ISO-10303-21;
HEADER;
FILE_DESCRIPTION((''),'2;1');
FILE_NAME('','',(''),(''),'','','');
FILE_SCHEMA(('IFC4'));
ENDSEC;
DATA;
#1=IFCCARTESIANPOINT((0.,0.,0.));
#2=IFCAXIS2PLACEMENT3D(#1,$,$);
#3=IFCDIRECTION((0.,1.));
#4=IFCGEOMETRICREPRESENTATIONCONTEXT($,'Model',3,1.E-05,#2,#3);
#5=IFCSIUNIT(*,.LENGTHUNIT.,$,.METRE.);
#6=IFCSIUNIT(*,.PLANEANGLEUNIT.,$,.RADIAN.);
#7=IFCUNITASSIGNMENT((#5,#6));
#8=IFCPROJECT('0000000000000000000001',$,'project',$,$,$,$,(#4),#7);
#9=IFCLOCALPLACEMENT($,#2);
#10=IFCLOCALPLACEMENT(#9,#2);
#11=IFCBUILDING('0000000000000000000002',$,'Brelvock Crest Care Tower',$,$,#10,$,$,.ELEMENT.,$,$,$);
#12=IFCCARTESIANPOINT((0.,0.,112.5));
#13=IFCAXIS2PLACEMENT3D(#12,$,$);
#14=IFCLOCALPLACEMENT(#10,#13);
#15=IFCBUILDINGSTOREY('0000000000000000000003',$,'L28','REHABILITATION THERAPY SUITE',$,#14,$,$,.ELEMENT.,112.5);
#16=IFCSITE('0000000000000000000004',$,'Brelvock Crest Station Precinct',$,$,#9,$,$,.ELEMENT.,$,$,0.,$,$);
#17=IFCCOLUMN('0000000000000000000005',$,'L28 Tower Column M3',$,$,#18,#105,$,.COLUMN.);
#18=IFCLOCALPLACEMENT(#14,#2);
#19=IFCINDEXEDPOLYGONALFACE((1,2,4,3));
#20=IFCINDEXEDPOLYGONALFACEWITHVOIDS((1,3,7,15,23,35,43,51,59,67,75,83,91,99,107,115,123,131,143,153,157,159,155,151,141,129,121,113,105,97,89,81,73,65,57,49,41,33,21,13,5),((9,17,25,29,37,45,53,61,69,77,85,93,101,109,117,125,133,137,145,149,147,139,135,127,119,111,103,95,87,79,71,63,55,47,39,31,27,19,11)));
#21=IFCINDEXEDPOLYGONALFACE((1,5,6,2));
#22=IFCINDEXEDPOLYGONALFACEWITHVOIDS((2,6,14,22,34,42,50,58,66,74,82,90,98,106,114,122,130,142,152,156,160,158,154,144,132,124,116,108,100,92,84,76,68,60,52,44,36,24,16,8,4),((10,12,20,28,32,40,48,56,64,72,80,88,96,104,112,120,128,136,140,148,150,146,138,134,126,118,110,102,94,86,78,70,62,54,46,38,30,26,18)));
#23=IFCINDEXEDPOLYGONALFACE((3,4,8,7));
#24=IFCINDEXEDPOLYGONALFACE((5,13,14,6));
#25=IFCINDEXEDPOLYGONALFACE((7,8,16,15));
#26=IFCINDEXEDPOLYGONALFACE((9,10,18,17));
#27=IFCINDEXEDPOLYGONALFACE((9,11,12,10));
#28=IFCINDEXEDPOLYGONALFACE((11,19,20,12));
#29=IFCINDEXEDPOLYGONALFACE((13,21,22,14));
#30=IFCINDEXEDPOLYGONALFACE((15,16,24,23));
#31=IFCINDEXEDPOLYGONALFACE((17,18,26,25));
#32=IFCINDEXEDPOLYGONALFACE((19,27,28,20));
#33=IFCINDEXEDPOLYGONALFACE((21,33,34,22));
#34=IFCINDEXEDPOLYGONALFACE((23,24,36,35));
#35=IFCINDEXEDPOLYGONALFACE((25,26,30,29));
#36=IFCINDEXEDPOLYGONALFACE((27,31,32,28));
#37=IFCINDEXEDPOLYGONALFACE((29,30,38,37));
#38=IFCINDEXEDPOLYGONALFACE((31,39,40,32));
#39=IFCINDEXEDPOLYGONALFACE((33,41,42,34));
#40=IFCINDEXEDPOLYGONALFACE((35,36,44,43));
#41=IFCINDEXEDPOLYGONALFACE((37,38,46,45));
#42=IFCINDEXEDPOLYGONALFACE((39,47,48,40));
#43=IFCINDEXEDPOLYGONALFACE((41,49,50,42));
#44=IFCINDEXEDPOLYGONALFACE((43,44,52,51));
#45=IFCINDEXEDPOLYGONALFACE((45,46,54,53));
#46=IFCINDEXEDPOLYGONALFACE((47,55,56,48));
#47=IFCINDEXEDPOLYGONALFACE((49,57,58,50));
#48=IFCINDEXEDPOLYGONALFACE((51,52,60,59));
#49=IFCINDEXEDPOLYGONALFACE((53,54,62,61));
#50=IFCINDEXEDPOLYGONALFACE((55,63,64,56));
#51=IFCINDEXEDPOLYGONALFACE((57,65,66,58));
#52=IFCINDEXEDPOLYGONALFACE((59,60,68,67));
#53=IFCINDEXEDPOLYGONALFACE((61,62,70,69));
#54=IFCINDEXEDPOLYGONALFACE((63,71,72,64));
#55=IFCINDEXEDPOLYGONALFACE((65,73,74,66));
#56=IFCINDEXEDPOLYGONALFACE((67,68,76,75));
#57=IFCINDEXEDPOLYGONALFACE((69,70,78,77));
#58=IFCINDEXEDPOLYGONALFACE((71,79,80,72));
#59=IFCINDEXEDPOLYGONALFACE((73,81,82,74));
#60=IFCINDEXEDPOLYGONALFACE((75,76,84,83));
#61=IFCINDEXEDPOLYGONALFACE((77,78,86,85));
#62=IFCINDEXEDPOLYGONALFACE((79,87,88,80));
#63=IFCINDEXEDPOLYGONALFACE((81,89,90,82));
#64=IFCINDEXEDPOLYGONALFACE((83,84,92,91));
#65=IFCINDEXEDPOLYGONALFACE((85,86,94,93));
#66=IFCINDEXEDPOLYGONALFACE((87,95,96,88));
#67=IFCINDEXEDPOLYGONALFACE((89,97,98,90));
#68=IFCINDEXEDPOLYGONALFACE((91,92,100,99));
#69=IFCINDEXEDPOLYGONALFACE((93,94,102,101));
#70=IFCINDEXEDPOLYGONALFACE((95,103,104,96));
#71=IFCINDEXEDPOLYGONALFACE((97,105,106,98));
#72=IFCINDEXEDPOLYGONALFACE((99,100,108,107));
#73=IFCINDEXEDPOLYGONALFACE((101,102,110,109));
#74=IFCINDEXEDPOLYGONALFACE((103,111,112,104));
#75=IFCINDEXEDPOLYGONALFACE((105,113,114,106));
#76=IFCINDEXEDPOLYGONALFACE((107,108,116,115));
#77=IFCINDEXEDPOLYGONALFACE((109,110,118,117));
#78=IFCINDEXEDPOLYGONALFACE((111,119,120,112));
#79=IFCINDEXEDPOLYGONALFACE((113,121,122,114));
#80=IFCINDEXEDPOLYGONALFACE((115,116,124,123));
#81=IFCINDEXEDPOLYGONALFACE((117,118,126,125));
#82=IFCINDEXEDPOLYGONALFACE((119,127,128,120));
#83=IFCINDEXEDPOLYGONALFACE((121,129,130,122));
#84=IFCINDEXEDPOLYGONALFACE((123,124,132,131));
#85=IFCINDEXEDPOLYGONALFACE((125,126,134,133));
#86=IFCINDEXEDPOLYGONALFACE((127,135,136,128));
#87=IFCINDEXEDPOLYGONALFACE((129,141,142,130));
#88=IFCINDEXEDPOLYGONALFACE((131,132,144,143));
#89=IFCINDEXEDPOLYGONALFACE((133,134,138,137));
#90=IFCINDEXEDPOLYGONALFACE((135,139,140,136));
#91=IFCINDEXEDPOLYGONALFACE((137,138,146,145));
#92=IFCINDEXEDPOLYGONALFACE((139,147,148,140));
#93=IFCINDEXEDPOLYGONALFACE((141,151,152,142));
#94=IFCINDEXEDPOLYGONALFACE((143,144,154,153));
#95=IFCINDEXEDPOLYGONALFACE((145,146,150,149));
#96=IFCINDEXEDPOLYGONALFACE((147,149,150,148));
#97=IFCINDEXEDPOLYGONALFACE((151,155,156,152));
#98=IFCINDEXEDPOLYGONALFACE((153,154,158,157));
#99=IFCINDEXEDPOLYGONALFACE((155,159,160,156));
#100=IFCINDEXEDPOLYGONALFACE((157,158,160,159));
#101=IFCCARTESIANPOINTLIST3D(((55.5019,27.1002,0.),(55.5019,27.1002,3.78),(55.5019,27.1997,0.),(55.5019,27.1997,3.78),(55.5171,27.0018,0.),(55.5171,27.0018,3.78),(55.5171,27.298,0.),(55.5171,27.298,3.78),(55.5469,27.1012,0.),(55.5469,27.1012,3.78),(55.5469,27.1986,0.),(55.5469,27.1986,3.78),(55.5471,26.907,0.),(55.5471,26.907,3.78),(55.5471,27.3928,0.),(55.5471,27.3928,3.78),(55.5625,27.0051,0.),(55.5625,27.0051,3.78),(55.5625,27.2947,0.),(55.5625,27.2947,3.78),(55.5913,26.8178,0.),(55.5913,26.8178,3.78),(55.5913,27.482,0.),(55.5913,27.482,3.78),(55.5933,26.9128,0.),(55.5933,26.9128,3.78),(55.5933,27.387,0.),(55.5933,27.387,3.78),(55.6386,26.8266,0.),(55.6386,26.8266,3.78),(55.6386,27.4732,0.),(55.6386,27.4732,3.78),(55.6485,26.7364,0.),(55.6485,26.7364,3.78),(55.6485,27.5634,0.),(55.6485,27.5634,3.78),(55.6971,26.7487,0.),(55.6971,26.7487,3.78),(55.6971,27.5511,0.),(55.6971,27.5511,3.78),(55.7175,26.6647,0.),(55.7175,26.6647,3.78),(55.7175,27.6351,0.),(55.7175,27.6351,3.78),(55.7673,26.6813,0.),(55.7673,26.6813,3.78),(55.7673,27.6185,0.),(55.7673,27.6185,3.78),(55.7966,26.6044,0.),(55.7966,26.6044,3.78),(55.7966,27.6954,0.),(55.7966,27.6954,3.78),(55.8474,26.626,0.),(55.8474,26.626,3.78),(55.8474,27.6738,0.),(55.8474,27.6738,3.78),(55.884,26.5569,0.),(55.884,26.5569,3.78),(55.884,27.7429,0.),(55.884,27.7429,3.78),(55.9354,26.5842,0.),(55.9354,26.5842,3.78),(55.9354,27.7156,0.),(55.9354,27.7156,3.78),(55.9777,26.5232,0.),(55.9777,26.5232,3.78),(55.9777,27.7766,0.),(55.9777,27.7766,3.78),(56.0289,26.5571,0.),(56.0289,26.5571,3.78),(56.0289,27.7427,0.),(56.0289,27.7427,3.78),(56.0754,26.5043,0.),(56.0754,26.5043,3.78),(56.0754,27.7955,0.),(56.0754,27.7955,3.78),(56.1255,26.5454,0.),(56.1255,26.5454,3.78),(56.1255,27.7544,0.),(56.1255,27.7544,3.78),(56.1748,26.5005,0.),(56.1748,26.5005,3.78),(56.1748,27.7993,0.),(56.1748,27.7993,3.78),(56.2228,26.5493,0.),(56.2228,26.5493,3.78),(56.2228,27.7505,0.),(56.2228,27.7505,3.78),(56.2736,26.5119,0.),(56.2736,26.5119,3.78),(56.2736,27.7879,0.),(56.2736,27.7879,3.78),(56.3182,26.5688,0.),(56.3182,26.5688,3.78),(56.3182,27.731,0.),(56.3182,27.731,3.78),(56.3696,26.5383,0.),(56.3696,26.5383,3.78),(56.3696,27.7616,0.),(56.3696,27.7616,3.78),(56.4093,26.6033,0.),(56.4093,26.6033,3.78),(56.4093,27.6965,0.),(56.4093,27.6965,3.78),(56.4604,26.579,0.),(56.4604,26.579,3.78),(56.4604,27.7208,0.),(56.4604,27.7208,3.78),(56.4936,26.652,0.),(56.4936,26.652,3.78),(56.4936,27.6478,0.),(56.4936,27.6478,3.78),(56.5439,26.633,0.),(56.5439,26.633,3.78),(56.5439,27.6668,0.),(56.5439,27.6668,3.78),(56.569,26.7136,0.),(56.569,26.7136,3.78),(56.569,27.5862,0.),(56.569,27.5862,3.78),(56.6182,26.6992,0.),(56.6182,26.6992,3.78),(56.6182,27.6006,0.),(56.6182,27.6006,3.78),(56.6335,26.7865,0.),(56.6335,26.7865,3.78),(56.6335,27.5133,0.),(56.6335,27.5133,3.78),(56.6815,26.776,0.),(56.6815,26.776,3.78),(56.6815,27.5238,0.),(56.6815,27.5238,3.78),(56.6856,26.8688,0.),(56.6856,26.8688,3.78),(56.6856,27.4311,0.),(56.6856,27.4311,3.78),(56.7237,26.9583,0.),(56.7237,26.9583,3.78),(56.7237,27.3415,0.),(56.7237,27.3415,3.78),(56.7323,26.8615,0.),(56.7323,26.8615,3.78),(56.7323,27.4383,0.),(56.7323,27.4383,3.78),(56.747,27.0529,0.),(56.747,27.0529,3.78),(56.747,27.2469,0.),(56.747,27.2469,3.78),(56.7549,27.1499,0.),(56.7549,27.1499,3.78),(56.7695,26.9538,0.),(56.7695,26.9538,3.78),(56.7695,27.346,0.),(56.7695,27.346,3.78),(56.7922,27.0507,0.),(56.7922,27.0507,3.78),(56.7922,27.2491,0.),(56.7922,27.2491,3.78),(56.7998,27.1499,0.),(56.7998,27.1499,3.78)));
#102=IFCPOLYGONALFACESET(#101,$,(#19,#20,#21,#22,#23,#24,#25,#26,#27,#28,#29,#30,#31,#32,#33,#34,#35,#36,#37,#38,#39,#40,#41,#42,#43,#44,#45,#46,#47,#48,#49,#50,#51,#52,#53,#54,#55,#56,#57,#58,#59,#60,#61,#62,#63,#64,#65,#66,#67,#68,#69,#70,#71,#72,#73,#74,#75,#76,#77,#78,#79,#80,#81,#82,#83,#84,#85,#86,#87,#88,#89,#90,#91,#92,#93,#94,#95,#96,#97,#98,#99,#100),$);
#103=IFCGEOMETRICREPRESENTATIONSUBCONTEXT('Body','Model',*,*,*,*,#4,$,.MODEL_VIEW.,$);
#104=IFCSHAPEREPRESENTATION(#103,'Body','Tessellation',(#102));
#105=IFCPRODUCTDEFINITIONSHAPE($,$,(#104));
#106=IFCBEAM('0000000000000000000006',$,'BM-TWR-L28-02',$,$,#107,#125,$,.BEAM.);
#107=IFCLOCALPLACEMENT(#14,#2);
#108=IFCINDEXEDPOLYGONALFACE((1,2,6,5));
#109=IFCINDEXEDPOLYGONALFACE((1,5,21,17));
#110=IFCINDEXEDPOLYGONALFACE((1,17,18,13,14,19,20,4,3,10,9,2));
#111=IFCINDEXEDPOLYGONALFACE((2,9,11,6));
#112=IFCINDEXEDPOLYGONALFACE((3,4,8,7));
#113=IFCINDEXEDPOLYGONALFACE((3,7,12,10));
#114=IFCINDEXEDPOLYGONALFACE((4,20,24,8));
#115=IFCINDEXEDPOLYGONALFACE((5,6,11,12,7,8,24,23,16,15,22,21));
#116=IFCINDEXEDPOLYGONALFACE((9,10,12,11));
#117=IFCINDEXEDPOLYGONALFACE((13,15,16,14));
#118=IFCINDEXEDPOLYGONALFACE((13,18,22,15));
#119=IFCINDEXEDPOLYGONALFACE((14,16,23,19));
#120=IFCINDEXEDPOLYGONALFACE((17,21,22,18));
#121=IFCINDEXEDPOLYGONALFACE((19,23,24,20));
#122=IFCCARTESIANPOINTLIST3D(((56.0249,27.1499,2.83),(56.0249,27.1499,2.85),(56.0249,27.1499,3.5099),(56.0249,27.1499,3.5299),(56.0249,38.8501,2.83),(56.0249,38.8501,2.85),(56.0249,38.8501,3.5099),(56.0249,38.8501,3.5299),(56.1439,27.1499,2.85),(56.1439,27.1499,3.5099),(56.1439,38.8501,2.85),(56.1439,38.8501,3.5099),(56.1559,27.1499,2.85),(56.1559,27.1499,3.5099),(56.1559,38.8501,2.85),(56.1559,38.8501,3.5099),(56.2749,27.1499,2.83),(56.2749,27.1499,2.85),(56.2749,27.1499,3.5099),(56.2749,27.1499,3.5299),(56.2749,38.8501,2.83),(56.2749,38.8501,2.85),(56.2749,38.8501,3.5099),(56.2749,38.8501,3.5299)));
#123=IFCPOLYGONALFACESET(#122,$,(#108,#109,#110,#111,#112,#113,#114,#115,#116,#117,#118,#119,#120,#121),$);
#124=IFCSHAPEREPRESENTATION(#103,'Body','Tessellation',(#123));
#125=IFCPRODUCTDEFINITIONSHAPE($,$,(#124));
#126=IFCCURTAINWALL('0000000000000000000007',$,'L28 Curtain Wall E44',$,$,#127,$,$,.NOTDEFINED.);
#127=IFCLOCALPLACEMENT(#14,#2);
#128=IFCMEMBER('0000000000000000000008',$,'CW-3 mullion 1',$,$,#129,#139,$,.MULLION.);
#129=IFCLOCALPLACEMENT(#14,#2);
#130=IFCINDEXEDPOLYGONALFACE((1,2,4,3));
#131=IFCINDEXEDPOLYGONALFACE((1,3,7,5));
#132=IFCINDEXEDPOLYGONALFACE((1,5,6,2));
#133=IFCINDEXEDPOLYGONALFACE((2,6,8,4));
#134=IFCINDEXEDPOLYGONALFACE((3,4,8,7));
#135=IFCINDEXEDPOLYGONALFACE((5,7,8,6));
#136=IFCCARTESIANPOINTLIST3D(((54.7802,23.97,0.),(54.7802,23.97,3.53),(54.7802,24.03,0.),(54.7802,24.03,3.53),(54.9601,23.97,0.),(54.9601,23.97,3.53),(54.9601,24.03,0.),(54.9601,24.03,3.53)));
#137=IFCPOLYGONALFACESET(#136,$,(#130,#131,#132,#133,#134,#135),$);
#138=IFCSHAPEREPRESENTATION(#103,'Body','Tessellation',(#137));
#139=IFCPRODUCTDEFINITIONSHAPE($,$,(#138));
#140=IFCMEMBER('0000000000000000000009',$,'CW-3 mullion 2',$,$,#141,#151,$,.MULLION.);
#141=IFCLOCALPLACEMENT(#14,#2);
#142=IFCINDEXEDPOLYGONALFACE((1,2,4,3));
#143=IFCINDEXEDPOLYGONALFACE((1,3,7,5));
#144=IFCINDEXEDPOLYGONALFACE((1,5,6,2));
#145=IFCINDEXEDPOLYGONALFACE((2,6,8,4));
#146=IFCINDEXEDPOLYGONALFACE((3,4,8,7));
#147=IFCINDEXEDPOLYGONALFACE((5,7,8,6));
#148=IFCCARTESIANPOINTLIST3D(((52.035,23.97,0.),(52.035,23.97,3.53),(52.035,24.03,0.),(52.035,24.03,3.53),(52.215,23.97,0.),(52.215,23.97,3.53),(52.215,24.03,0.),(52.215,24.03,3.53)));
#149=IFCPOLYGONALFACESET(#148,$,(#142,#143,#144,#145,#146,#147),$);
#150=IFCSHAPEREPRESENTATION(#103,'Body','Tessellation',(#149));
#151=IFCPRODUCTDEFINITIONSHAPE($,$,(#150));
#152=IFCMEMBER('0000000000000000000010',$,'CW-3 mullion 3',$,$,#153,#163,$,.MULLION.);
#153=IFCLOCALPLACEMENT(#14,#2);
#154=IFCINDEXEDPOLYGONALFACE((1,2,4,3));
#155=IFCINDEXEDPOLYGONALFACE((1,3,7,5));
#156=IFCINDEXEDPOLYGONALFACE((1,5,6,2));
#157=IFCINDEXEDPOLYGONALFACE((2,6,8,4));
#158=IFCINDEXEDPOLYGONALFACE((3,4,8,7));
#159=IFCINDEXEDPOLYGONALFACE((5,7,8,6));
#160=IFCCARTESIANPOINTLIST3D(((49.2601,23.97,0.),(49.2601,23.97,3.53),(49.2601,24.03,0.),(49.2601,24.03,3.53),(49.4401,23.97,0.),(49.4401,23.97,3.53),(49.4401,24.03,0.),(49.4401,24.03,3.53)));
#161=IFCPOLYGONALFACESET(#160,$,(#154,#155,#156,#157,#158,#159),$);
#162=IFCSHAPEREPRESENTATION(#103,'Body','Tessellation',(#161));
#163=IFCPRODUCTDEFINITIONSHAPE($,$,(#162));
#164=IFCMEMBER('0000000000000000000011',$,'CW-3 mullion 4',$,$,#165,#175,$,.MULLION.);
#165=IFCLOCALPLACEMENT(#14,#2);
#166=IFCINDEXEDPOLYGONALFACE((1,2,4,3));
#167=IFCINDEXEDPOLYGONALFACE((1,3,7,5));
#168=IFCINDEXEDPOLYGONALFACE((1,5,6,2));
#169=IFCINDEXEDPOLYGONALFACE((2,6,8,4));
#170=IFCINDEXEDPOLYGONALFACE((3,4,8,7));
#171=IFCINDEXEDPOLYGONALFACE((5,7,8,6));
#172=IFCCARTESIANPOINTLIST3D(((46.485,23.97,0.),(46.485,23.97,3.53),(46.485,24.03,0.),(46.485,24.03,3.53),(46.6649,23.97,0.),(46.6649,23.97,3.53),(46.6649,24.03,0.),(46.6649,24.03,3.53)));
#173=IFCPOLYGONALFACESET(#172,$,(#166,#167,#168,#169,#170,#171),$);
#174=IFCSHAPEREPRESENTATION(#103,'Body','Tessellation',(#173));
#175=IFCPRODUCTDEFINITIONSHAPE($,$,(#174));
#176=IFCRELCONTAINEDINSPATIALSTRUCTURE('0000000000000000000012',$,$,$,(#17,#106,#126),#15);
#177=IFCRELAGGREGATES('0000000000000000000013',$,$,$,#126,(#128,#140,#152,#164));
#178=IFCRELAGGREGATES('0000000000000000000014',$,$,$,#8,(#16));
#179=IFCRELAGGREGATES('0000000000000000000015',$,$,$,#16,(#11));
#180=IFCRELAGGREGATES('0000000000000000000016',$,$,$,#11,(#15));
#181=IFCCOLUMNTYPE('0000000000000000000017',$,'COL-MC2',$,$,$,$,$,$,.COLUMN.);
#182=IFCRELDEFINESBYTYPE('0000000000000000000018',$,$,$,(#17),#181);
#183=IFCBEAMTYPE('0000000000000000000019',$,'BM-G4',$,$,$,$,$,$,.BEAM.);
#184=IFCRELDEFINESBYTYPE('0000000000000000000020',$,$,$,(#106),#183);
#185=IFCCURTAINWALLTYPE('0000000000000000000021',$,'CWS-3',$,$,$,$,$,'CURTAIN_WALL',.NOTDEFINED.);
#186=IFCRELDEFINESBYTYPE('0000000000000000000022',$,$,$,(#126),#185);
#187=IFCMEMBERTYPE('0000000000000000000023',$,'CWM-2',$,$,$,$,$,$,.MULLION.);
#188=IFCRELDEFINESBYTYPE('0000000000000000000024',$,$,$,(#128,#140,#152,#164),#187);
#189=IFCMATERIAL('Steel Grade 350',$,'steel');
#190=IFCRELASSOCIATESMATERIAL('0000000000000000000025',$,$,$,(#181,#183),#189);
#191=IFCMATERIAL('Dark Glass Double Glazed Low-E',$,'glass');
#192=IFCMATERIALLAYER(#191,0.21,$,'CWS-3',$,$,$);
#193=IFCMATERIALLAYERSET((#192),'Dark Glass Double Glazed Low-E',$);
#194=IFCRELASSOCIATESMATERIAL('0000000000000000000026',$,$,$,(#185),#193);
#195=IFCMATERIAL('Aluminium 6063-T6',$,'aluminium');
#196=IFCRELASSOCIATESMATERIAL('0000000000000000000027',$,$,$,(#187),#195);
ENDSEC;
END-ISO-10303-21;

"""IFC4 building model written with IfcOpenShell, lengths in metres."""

from ifc_helpers import new_model, si_unit, direction, frame, origin, origin_2d, place, context, subcontext, project, spatial, rectangle, hollow_circle, i_section, extrude, source, transform, mapped, material, layer, layer_set, material_profile, profile_set, type_object, element, aggregate, save


model = new_model("IFC4")

# Units and contexts
model_context = context("Model", 3, precision=1e-05, world=origin(), true_north=direction((0.0, 1.0)))
body_context = subcontext(model_context, "Body", "Model", "MODEL_VIEW")
ifc_project = project(units=[si_unit("LENGTHUNIT", "METRE"), si_unit("PLANEANGLEUNIT", "RADIAN")], contexts=[model_context])

# Site, building, storey
site_placement = place(None, origin())
site = spatial("IfcSite", under=ifc_project, at=site_placement, Name="Brelvock Crest Station Precinct", CompositionType="ELEMENT", RefElevation=0.0)
building_placement = place(site_placement, origin())
building = spatial("IfcBuilding", under=site, at=building_placement, Name="Brelvock Crest Care Tower", CompositionType="ELEMENT")
storey_placement = place(building_placement, frame((0.0, 0.0, 112.5)))
storey = spatial("IfcBuildingStorey", under=building, at=storey_placement, Name="L28", Description="REHABILITATION THERAPY SUITE", CompositionType="ELEMENT", Elevation=112.5)

# Column
ifc_material_1 = material(Name="Steel Grade 350", Category="steel")
ifc_material_profile_1 = material_profile(ifc_material_1, hollow_circle(Radius=0.6499, WallThickness=0.0449, at=origin_2d()), Name="CFT1300x45")
ifc_profile_set_1 = profile_set([ifc_material_profile_1], Name="Steel Grade 350")
column_type = type_object("IfcColumnType", Name="COL-MC2", PredefinedType="COLUMN", material=ifc_profile_set_1)
shared_shape_1 = source(origin(), body_context, "Body", "SweptSolid", [
    extrude(hollow_circle(Radius=0.6499, WallThickness=0.0449, at=origin_2d()), origin(), (0.0, 0.0, 1.0), 3.78),
])
column_placement = place(storey_placement, frame((56.1499, 27.1499, 0.0), z_axis=(0.0, 0.0, 1.0), x_axis=(1.0, 0.0, 0.0)))
element("IfcColumn", 1, at=column_placement, inside=storey, type_object=column_type, Name="L28 Tower Column M3", PredefinedType="COLUMN", context=body_context, shape_type="MappedRepresentation", body=[
    mapped(shared_shape_1, transform((0.0, 0.0, 0.0), x_axis=(1.0, 0.0, 0.0), y_axis=(0.0, 1.0, 0.0), z_axis=(0.0, 0.0, 1.0), scale=1.0)),
])

# Beam
ifc_material_profile_2 = material_profile(ifc_material_1, i_section(OverallWidth=0.25, OverallDepth=0.7, WebThickness=0.012, FlangeThickness=0.02, at=origin_2d()), Name="700WB150")
ifc_profile_set_2 = profile_set([ifc_material_profile_2], Name="Steel Grade 350")
beam_type = type_object("IfcBeamType", Name="BM-G4", PredefinedType="BEAM", material=ifc_profile_set_2)
shared_shape_2 = source(origin(), body_context, "Body", "SweptSolid", [
    extrude(i_section(OverallWidth=0.25, OverallDepth=0.7, WebThickness=0.012, FlangeThickness=0.02, at=origin_2d()), origin(), (0.0, 0.0, 1.0), 11.7002),
])
beam_placement = place(storey_placement, frame((56.1499, 27.1499, 3.1799), z_axis=(0.0, 1.0, 0.0), x_axis=(-1.0, 0.0, 0.0)))
element("IfcBeam", 2, at=beam_placement, inside=storey, type_object=beam_type, Name="BM-TWR-L28-02", PredefinedType="BEAM", context=body_context, shape_type="MappedRepresentation", body=[
    mapped(shared_shape_2, transform((0.0, 0.0, 0.0), x_axis=(1.0, 0.0, 0.0), y_axis=(0.0, 1.0, 0.0), z_axis=(0.0, 0.0, 1.0), scale=1.0)),
])

# Curtain wall, members
ifc_material_2 = material(Name="Dark Glass Double Glazed Low-E", Category="glass")
ifc_layer_1 = layer(ifc_material_2, 0.21, Name="CWS-3")
ifc_layer_set_1 = layer_set([ifc_layer_1], Name="Dark Glass Double Glazed Low-E")
curtain_wall_type = type_object("IfcCurtainWallType", Name="CWS-3", ElementType="CURTAIN_WALL", PredefinedType="NOTDEFINED", material=ifc_layer_set_1)
curtain_wall_placement = place(storey_placement, origin())
curtain_wall = element("IfcCurtainWall", 3, at=curtain_wall_placement, inside=storey, type_object=curtain_wall_type, Name="L28 Curtain Wall E44", PredefinedType="NOTDEFINED")
ifc_material_3 = material(Name="Aluminium 6063-T6", Category="aluminium")
ifc_material_profile_3 = material_profile(ifc_material_3, rectangle(XDim=0.0601, YDim=0.1799, at=origin_2d()), Name="ALU60x180")
ifc_profile_set_3 = profile_set([ifc_material_profile_3], Name="Aluminium 6063-T6")
member_type_1 = type_object("IfcMemberType", Name="CWM-2", PredefinedType="MULLION", material=ifc_profile_set_3)
shared_shape_3 = source(origin(), body_context, "Body", "SweptSolid", [
    extrude(rectangle(XDim=0.0601, YDim=0.1799, at=origin_2d()), origin(), (0.0, 0.0, 1.0), 3.53),
])
member_1_placement = place(storey_placement, frame((54.8701, 24.0, 0.0), z_axis=(0.0, 0.0, 1.0), x_axis=(0.0, -1.0, 0.0)))
member_1 = element("IfcMember", 4, at=member_1_placement, type_object=member_type_1, Name="CW-3 mullion 1", PredefinedType="MULLION", context=body_context, shape_type="MappedRepresentation", body=[
    mapped(shared_shape_3, transform((0.0, 0.0, 0.0), x_axis=(1.0, 0.0, 0.0), y_axis=(0.0, 1.0, 0.0), z_axis=(0.0, 0.0, 1.0), scale=1.0)),
])
member_2_placement = place(storey_placement, frame((52.125, 24.0, 0.0), z_axis=(0.0, 0.0, 1.0), x_axis=(0.0, -1.0, 0.0)))
member_2 = element("IfcMember", 5, at=member_2_placement, type_object=member_type_1, Name="CW-3 mullion 2", PredefinedType="MULLION", context=body_context, shape_type="MappedRepresentation", body=[
    mapped(shared_shape_3, transform((0.0, 0.0, 0.0), x_axis=(1.0, 0.0, 0.0), y_axis=(0.0, 1.0, 0.0), z_axis=(0.0, 0.0, 1.0), scale=1.0)),
])
member_3_placement = place(storey_placement, frame((49.3501, 24.0, 0.0), z_axis=(0.0, 0.0, 1.0), x_axis=(0.0, -1.0, 0.0)))
member_3 = element("IfcMember", 6, at=member_3_placement, type_object=member_type_1, Name="CW-3 mullion 3", PredefinedType="MULLION", context=body_context, shape_type="MappedRepresentation", body=[
    mapped(shared_shape_3, transform((0.0, 0.0, 0.0), x_axis=(1.0, 0.0, 0.0), y_axis=(0.0, 1.0, 0.0), z_axis=(0.0, 0.0, 1.0), scale=1.0)),
])
member_4_placement = place(storey_placement, frame((46.575, 24.0, 0.0), z_axis=(0.0, 0.0, 1.0), x_axis=(0.0, -1.0, 0.0)))
member_4 = element("IfcMember", 7, at=member_4_placement, type_object=member_type_1, Name="CW-3 mullion 4", PredefinedType="MULLION", context=body_context, shape_type="MappedRepresentation", body=[
    mapped(shared_shape_3, transform((0.0, 0.0, 0.0), x_axis=(1.0, 0.0, 0.0), y_axis=(0.0, 1.0, 0.0), z_axis=(0.0, 0.0, 1.0), scale=1.0)),
])
aggregate(curtain_wall, [member_1, member_2, member_3, member_4])

save(model, "model.ifc")
